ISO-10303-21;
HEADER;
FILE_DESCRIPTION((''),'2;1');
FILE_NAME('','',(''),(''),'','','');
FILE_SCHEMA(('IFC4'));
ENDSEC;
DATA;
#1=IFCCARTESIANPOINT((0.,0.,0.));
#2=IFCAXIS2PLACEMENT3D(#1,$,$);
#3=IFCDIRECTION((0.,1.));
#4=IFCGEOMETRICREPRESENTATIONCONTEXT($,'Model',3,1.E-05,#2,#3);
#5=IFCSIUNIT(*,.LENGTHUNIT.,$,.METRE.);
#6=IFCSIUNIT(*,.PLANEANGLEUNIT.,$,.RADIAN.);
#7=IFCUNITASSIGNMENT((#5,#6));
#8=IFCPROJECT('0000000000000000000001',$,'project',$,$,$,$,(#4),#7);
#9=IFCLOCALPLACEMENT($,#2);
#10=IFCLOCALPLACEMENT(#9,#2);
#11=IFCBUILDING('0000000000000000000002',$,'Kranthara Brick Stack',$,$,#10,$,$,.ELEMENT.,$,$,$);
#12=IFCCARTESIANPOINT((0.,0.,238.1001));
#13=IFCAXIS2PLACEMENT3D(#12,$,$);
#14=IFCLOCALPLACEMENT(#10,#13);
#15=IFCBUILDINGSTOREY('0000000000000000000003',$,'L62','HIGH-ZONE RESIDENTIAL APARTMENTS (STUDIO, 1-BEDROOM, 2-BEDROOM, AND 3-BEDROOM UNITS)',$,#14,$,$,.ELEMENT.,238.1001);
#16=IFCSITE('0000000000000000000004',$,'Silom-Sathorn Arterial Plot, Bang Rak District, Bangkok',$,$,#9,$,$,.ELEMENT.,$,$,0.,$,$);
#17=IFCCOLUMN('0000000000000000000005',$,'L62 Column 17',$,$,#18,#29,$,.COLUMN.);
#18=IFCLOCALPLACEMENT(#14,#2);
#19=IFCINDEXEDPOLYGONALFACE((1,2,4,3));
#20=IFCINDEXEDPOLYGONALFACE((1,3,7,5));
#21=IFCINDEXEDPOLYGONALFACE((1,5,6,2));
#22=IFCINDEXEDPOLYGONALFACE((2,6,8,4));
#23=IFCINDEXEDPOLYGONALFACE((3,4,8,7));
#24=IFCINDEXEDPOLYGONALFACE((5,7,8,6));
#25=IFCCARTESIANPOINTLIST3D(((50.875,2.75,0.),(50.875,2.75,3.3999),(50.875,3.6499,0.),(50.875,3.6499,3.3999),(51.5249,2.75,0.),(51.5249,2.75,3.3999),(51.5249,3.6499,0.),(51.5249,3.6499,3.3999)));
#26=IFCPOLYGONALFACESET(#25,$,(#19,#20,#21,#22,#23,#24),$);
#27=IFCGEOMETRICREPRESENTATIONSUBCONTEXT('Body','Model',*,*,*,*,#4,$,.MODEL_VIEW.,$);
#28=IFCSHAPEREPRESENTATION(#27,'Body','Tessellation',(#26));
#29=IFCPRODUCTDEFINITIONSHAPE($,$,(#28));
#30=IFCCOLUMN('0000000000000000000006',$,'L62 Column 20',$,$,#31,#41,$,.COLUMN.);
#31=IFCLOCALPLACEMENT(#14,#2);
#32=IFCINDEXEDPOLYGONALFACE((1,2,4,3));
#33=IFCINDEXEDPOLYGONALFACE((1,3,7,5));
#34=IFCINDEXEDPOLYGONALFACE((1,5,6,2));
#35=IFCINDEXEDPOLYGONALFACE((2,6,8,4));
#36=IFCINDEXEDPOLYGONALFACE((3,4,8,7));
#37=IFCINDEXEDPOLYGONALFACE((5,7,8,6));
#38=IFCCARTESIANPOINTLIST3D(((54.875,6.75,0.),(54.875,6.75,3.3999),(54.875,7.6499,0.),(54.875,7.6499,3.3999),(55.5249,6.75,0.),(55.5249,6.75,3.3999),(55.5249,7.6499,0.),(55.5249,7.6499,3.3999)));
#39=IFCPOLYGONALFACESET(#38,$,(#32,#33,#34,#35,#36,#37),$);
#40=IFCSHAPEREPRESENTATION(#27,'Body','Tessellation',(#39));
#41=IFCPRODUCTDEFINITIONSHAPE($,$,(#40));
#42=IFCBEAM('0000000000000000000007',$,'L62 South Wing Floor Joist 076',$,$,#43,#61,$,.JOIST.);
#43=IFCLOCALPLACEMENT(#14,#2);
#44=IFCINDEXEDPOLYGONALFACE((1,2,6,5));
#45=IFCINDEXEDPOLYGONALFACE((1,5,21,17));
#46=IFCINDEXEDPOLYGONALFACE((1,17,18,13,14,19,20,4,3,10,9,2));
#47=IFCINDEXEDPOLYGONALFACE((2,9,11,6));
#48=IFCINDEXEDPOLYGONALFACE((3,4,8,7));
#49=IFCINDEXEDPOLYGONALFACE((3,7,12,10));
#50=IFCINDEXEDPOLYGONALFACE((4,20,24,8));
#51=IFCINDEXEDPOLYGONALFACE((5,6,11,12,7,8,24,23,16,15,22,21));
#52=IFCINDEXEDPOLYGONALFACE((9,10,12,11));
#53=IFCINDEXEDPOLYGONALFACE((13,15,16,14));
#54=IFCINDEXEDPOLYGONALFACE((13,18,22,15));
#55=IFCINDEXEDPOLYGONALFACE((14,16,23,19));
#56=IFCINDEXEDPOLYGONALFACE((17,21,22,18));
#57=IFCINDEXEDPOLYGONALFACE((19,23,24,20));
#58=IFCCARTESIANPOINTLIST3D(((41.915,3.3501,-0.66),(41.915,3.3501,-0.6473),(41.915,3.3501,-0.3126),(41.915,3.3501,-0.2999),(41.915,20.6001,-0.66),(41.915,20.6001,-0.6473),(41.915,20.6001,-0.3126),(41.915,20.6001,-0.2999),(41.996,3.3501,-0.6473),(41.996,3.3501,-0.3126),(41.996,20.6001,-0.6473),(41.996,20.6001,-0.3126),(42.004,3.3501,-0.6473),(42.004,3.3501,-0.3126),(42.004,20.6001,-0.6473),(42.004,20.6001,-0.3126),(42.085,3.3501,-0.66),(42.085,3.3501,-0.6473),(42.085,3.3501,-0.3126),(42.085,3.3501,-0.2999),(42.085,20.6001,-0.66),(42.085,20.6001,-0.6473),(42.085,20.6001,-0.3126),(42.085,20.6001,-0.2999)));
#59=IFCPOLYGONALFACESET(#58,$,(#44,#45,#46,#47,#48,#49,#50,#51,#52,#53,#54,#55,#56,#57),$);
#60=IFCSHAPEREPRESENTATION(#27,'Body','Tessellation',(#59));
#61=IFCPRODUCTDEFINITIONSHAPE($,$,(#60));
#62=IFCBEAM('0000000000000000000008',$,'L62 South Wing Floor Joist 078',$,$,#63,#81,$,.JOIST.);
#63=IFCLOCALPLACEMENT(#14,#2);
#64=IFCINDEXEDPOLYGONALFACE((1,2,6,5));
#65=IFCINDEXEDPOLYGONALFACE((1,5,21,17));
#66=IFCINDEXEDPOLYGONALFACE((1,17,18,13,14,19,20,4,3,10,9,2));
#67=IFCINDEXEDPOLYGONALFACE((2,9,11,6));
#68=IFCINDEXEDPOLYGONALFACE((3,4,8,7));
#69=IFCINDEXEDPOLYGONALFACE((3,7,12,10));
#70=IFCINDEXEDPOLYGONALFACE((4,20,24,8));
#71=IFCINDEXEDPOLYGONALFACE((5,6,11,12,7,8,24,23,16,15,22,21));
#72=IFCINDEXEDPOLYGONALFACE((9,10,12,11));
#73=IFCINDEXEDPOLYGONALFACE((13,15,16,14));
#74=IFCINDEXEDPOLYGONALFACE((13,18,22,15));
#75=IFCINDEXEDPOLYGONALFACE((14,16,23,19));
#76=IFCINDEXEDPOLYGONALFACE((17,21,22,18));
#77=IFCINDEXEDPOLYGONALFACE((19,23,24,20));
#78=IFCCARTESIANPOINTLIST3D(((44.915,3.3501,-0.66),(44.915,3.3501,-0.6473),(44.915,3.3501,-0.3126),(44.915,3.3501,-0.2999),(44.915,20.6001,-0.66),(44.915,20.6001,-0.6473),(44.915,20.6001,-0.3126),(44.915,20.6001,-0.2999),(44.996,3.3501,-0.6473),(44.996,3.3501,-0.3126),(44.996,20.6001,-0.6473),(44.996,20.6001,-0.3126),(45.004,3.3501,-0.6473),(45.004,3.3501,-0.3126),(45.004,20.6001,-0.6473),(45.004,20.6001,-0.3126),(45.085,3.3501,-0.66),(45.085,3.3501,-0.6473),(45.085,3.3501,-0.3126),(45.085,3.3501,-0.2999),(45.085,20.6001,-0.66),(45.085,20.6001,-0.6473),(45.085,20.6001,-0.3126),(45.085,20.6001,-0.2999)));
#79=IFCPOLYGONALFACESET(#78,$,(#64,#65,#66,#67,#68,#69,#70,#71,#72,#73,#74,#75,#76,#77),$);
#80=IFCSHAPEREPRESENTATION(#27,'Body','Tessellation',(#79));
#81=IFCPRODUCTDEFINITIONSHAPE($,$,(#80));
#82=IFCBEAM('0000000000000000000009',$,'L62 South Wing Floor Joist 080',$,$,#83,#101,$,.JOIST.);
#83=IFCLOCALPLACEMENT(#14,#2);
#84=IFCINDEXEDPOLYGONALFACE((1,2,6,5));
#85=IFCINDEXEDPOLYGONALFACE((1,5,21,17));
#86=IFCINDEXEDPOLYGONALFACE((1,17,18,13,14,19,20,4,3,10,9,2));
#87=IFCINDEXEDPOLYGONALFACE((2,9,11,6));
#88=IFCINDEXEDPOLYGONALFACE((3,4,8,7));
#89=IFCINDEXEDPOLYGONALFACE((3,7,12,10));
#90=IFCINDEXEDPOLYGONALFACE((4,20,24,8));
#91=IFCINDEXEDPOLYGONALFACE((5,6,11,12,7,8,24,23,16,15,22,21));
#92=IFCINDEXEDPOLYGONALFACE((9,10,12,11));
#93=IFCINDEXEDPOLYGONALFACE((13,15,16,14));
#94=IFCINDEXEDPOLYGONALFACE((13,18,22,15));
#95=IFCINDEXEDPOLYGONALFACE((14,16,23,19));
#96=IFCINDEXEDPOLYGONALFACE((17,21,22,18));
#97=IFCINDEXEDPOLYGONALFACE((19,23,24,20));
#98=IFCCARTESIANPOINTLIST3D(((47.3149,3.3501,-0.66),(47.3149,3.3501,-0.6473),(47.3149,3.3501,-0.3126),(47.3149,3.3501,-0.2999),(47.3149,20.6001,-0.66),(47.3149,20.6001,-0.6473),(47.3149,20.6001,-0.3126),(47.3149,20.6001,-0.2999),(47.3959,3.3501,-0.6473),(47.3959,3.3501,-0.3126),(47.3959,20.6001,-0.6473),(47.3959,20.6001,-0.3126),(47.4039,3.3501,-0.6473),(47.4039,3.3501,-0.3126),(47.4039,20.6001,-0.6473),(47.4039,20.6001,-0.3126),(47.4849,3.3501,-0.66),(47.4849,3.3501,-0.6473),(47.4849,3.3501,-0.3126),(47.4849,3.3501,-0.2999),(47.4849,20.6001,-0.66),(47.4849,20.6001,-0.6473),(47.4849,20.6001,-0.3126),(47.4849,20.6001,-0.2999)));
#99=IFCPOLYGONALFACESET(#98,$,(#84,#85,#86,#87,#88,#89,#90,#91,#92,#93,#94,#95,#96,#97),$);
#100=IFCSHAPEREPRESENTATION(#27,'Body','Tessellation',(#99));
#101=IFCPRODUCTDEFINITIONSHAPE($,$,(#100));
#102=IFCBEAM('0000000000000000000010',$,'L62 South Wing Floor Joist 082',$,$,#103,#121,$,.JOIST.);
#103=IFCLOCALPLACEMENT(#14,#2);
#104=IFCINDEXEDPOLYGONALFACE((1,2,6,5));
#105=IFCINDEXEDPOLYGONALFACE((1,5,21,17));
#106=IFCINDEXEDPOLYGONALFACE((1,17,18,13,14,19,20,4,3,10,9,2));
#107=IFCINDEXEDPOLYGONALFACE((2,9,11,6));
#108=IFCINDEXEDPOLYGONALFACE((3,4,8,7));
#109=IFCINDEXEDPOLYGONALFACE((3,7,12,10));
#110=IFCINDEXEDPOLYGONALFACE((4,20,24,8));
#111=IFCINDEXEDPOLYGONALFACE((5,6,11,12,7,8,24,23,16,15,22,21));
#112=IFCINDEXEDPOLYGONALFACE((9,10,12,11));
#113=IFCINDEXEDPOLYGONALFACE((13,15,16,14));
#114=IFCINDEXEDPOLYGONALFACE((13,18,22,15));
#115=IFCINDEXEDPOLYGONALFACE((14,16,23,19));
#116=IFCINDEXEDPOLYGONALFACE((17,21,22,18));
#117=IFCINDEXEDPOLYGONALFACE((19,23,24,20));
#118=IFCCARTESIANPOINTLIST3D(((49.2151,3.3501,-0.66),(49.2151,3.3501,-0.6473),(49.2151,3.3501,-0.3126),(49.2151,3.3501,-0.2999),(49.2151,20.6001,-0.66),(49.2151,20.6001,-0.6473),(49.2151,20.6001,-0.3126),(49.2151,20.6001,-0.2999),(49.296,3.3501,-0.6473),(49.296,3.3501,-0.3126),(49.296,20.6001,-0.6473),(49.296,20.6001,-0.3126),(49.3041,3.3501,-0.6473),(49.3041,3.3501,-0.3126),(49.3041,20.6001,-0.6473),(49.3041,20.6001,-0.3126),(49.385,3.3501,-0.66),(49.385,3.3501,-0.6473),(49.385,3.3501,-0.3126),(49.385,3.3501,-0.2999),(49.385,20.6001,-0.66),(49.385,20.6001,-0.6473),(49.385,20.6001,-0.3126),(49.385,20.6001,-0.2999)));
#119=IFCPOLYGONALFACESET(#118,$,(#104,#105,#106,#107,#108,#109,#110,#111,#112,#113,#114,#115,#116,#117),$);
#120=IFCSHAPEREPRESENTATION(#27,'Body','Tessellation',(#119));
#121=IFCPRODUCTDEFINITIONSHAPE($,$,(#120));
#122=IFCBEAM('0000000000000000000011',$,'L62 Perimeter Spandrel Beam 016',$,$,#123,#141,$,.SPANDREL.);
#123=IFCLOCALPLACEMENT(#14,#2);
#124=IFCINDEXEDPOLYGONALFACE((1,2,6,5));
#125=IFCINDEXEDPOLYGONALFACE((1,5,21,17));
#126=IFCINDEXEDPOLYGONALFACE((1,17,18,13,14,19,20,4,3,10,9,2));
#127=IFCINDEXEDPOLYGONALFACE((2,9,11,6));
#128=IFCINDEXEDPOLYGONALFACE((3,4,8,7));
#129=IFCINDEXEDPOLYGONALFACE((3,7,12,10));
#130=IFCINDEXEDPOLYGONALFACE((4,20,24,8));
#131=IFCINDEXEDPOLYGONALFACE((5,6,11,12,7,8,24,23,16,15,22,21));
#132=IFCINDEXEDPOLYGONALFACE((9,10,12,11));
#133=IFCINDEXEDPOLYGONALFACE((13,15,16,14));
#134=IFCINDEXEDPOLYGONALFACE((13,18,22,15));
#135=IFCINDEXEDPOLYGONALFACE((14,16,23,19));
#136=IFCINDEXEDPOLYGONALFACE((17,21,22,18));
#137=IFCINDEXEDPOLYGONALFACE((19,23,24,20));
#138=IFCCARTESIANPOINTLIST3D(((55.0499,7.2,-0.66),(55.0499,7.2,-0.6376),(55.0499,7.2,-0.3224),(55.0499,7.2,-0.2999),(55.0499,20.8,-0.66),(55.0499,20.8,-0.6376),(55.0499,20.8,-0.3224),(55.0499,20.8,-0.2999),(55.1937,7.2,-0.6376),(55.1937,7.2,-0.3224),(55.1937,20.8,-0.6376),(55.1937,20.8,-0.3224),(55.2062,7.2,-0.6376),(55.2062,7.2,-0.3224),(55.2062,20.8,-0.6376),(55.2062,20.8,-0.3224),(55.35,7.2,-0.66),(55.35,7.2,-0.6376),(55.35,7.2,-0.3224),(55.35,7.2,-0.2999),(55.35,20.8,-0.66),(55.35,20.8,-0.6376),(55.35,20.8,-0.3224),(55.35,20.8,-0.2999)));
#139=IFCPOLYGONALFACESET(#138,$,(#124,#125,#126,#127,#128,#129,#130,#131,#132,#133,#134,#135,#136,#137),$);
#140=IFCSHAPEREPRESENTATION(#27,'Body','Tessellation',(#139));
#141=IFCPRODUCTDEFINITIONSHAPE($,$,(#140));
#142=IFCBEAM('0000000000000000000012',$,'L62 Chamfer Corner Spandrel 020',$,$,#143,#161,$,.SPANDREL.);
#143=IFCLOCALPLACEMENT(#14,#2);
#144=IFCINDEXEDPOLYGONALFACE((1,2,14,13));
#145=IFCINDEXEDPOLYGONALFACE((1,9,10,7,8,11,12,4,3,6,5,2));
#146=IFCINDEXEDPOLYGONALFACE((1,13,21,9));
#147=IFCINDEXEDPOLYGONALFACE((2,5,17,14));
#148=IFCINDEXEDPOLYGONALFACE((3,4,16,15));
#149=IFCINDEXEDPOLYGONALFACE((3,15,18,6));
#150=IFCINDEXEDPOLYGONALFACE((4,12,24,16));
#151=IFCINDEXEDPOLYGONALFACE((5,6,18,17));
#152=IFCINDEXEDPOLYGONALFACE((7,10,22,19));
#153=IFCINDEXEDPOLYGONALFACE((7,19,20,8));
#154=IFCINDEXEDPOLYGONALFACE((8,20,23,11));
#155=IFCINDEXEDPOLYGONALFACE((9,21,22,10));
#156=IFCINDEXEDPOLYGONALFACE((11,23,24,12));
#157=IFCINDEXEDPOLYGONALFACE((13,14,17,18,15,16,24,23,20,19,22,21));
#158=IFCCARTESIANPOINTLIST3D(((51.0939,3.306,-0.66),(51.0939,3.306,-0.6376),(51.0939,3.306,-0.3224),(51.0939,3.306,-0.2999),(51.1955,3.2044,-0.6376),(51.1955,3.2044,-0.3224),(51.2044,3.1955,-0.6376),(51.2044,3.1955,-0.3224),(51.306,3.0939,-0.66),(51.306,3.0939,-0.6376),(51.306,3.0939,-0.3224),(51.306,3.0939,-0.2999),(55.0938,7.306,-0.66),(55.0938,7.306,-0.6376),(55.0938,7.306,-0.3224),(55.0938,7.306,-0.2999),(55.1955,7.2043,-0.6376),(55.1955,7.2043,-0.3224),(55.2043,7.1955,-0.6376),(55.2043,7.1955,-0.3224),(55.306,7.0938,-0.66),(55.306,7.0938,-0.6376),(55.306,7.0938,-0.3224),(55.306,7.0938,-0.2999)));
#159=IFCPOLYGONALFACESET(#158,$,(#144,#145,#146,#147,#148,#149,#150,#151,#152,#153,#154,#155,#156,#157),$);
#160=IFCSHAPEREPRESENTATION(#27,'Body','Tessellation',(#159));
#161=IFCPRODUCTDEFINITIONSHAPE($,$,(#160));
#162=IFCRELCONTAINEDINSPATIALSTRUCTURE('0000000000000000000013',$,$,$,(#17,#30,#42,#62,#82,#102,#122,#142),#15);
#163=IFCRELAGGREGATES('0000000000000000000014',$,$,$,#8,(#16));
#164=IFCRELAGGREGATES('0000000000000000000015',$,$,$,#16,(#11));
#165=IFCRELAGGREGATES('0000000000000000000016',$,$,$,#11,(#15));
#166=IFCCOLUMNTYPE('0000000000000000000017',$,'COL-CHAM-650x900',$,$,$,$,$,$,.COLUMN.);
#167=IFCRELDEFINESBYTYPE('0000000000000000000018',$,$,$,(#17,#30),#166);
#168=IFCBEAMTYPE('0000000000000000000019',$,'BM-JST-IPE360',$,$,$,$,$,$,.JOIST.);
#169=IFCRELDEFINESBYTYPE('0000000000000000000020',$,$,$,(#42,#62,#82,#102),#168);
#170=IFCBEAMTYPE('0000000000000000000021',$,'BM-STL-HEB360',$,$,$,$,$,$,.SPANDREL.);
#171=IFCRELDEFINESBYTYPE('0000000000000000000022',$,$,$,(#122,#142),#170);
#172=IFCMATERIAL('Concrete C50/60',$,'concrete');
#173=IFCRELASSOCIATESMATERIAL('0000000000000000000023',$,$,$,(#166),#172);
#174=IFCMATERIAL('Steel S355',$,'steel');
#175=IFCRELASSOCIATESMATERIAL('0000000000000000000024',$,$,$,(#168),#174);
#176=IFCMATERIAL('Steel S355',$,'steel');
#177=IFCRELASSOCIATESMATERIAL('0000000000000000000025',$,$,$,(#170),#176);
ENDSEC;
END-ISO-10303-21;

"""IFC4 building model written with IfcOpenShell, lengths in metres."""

from ifc_helpers import new_model, si_unit, direction, frame, origin, origin_2d, place, context, subcontext, project, spatial, rectangle, i_section, extrude, material, material_profile, profile_set, type_object, element, save


model = new_model("IFC4")

# Units and contexts
model_context = context("Model", 3, precision=1e-05, world=origin(), true_north=direction((0.0, 1.0)))
body_context = subcontext(model_context, "Body", "Model", "MODEL_VIEW")
ifc_project = project(units=[si_unit("LENGTHUNIT", "METRE"), si_unit("PLANEANGLEUNIT", "RADIAN")], contexts=[model_context])

# Site, building, storey
site_placement = place(None, origin())
site = spatial("IfcSite", under=ifc_project, at=site_placement, Name="Silom-Sathorn Arterial Plot, Bang Rak District, Bangkok", CompositionType="ELEMENT", RefElevation=0.0)
building_placement = place(site_placement, origin())
building = spatial("IfcBuilding", under=site, at=building_placement, Name="Kranthara Brick Stack", CompositionType="ELEMENT")
storey_placement = place(building_placement, frame((0.0, 0.0, 238.1001)))
storey = spatial("IfcBuildingStorey", under=building, at=storey_placement, Name="L62", Description="HIGH-ZONE RESIDENTIAL APARTMENTS (STUDIO, 1-BEDROOM, 2-BEDROOM, AND 3-BEDROOM UNITS)", CompositionType="ELEMENT", Elevation=238.1001)

# Columns
ifc_material_1 = material(Name="Concrete C50/60", Category="concrete")
ifc_material_profile_1 = material_profile(ifc_material_1, rectangle(XDim=0.6499, YDim=0.8999, at=origin_2d()), Name="RC 650x900")
ifc_profile_set_1 = profile_set([ifc_material_profile_1], Name="Concrete C50/60")
column_type = type_object("IfcColumnType", Name="COL-CHAM-650x900", PredefinedType="COLUMN", material=ifc_profile_set_1)
for number, where, z_axis, x_axis, name in (
    (1, (51.2, 3.2, 0.0), (0.0, 0.0, 1.0), (1.0, 0.0, 0.0), "L62 Column 17"),
    (2, (55.2, 7.2, 0.0), (0.0, 0.0, 1.0), (1.0, 0.0, 0.0), "L62 Column 20"),
):
    element("IfcColumn", number, at=place(storey_placement, frame(where, z_axis=z_axis, x_axis=x_axis)), inside=storey, type_object=column_type, Name=name, PredefinedType="COLUMN", context=body_context, shape_type="SweptSolid", body=[
        extrude(rectangle(XDim=0.6499, YDim=0.8999, at=origin_2d()), origin(), (0.0, 0.0, 1.0), 3.3999),
    ])

# Beams
ifc_material_2 = material(Name="Steel S355", Category="steel")
ifc_material_profile_2 = material_profile(ifc_material_2, i_section(OverallWidth=0.1699, OverallDepth=0.3601, WebThickness=0.0081, FlangeThickness=0.0127, at=origin_2d()), Name="IPE 360")
ifc_profile_set_2 = profile_set([ifc_material_profile_2], Name="Steel S355")
beam_type_1 = type_object("IfcBeamType", Name="BM-JST-IPE360", PredefinedType="JOIST", material=ifc_profile_set_2)
for number, where, z_axis, x_axis, name in (
    (3, (42.0, 3.3501, -0.48), (0.0, 1.0, 0.0), (-1.0, 0.0, 0.0), "L62 South Wing Floor Joist 076"),
    (4, (45.0, 3.3501, -0.48), (0.0, 1.0, 0.0), (-1.0, 0.0, 0.0), "L62 South Wing Floor Joist 078"),
    (5, (47.3999, 3.3501, -0.48), (0.0, 1.0, 0.0), (-1.0, 0.0, 0.0), "L62 South Wing Floor Joist 080"),
    (6, (49.3, 3.3501, -0.48), (0.0, 1.0, 0.0), (-1.0, 0.0, 0.0), "L62 South Wing Floor Joist 082"),
):
    element("IfcBeam", number, at=place(storey_placement, frame(where, z_axis=z_axis, x_axis=x_axis)), inside=storey, type_object=beam_type_1, Name=name, PredefinedType="JOIST", context=body_context, shape_type="SweptSolid", body=[
        extrude(i_section(OverallWidth=0.1699, OverallDepth=0.3601, WebThickness=0.0081, FlangeThickness=0.0127, at=origin_2d()), origin(), (0.0, 0.0, 1.0), 17.25),
    ])
ifc_material_3 = material(Name="Steel S355", Category="steel")
ifc_material_profile_3 = material_profile(ifc_material_3, i_section(OverallWidth=0.3, OverallDepth=0.3601, WebThickness=0.0125, FlangeThickness=0.0225, at=origin_2d()), Name="HEB 360")
ifc_profile_set_3 = profile_set([ifc_material_profile_3], Name="Steel S355")
beam_type_2 = type_object("IfcBeamType", Name="BM-STL-HEB360", PredefinedType="SPANDREL", material=ifc_profile_set_3)
beam_1_placement = place(storey_placement, frame((55.2, 7.2, -0.48), z_axis=(0.0, 1.0, 0.0), x_axis=(-1.0, 0.0, 0.0)))
element("IfcBeam", 7, at=beam_1_placement, inside=storey, type_object=beam_type_2, Name="L62 Perimeter Spandrel Beam 016", PredefinedType="SPANDREL", context=body_context, shape_type="SweptSolid", body=[
    extrude(i_section(OverallWidth=0.3, OverallDepth=0.3601, WebThickness=0.0125, FlangeThickness=0.0225, at=origin_2d()), origin(), (0.0, 0.0, 1.0), 13.6001),
])
beam_2_placement = place(storey_placement, frame((51.2, 3.2, -0.48), z_axis=(0.707107, 0.707107, 0.0), x_axis=(-0.707107, 0.707107, 0.0)))
element("IfcBeam", 8, at=beam_2_placement, inside=storey, type_object=beam_type_2, Name="L62 Chamfer Corner Spandrel 020", PredefinedType="SPANDREL", context=body_context, shape_type="SweptSolid", body=[
    extrude(i_section(OverallWidth=0.3, OverallDepth=0.3601, WebThickness=0.0125, FlangeThickness=0.0225, at=origin_2d()), origin(), (0.0, 0.0, 1.0), 5.6567),
])

save(model, "model.ifc")
